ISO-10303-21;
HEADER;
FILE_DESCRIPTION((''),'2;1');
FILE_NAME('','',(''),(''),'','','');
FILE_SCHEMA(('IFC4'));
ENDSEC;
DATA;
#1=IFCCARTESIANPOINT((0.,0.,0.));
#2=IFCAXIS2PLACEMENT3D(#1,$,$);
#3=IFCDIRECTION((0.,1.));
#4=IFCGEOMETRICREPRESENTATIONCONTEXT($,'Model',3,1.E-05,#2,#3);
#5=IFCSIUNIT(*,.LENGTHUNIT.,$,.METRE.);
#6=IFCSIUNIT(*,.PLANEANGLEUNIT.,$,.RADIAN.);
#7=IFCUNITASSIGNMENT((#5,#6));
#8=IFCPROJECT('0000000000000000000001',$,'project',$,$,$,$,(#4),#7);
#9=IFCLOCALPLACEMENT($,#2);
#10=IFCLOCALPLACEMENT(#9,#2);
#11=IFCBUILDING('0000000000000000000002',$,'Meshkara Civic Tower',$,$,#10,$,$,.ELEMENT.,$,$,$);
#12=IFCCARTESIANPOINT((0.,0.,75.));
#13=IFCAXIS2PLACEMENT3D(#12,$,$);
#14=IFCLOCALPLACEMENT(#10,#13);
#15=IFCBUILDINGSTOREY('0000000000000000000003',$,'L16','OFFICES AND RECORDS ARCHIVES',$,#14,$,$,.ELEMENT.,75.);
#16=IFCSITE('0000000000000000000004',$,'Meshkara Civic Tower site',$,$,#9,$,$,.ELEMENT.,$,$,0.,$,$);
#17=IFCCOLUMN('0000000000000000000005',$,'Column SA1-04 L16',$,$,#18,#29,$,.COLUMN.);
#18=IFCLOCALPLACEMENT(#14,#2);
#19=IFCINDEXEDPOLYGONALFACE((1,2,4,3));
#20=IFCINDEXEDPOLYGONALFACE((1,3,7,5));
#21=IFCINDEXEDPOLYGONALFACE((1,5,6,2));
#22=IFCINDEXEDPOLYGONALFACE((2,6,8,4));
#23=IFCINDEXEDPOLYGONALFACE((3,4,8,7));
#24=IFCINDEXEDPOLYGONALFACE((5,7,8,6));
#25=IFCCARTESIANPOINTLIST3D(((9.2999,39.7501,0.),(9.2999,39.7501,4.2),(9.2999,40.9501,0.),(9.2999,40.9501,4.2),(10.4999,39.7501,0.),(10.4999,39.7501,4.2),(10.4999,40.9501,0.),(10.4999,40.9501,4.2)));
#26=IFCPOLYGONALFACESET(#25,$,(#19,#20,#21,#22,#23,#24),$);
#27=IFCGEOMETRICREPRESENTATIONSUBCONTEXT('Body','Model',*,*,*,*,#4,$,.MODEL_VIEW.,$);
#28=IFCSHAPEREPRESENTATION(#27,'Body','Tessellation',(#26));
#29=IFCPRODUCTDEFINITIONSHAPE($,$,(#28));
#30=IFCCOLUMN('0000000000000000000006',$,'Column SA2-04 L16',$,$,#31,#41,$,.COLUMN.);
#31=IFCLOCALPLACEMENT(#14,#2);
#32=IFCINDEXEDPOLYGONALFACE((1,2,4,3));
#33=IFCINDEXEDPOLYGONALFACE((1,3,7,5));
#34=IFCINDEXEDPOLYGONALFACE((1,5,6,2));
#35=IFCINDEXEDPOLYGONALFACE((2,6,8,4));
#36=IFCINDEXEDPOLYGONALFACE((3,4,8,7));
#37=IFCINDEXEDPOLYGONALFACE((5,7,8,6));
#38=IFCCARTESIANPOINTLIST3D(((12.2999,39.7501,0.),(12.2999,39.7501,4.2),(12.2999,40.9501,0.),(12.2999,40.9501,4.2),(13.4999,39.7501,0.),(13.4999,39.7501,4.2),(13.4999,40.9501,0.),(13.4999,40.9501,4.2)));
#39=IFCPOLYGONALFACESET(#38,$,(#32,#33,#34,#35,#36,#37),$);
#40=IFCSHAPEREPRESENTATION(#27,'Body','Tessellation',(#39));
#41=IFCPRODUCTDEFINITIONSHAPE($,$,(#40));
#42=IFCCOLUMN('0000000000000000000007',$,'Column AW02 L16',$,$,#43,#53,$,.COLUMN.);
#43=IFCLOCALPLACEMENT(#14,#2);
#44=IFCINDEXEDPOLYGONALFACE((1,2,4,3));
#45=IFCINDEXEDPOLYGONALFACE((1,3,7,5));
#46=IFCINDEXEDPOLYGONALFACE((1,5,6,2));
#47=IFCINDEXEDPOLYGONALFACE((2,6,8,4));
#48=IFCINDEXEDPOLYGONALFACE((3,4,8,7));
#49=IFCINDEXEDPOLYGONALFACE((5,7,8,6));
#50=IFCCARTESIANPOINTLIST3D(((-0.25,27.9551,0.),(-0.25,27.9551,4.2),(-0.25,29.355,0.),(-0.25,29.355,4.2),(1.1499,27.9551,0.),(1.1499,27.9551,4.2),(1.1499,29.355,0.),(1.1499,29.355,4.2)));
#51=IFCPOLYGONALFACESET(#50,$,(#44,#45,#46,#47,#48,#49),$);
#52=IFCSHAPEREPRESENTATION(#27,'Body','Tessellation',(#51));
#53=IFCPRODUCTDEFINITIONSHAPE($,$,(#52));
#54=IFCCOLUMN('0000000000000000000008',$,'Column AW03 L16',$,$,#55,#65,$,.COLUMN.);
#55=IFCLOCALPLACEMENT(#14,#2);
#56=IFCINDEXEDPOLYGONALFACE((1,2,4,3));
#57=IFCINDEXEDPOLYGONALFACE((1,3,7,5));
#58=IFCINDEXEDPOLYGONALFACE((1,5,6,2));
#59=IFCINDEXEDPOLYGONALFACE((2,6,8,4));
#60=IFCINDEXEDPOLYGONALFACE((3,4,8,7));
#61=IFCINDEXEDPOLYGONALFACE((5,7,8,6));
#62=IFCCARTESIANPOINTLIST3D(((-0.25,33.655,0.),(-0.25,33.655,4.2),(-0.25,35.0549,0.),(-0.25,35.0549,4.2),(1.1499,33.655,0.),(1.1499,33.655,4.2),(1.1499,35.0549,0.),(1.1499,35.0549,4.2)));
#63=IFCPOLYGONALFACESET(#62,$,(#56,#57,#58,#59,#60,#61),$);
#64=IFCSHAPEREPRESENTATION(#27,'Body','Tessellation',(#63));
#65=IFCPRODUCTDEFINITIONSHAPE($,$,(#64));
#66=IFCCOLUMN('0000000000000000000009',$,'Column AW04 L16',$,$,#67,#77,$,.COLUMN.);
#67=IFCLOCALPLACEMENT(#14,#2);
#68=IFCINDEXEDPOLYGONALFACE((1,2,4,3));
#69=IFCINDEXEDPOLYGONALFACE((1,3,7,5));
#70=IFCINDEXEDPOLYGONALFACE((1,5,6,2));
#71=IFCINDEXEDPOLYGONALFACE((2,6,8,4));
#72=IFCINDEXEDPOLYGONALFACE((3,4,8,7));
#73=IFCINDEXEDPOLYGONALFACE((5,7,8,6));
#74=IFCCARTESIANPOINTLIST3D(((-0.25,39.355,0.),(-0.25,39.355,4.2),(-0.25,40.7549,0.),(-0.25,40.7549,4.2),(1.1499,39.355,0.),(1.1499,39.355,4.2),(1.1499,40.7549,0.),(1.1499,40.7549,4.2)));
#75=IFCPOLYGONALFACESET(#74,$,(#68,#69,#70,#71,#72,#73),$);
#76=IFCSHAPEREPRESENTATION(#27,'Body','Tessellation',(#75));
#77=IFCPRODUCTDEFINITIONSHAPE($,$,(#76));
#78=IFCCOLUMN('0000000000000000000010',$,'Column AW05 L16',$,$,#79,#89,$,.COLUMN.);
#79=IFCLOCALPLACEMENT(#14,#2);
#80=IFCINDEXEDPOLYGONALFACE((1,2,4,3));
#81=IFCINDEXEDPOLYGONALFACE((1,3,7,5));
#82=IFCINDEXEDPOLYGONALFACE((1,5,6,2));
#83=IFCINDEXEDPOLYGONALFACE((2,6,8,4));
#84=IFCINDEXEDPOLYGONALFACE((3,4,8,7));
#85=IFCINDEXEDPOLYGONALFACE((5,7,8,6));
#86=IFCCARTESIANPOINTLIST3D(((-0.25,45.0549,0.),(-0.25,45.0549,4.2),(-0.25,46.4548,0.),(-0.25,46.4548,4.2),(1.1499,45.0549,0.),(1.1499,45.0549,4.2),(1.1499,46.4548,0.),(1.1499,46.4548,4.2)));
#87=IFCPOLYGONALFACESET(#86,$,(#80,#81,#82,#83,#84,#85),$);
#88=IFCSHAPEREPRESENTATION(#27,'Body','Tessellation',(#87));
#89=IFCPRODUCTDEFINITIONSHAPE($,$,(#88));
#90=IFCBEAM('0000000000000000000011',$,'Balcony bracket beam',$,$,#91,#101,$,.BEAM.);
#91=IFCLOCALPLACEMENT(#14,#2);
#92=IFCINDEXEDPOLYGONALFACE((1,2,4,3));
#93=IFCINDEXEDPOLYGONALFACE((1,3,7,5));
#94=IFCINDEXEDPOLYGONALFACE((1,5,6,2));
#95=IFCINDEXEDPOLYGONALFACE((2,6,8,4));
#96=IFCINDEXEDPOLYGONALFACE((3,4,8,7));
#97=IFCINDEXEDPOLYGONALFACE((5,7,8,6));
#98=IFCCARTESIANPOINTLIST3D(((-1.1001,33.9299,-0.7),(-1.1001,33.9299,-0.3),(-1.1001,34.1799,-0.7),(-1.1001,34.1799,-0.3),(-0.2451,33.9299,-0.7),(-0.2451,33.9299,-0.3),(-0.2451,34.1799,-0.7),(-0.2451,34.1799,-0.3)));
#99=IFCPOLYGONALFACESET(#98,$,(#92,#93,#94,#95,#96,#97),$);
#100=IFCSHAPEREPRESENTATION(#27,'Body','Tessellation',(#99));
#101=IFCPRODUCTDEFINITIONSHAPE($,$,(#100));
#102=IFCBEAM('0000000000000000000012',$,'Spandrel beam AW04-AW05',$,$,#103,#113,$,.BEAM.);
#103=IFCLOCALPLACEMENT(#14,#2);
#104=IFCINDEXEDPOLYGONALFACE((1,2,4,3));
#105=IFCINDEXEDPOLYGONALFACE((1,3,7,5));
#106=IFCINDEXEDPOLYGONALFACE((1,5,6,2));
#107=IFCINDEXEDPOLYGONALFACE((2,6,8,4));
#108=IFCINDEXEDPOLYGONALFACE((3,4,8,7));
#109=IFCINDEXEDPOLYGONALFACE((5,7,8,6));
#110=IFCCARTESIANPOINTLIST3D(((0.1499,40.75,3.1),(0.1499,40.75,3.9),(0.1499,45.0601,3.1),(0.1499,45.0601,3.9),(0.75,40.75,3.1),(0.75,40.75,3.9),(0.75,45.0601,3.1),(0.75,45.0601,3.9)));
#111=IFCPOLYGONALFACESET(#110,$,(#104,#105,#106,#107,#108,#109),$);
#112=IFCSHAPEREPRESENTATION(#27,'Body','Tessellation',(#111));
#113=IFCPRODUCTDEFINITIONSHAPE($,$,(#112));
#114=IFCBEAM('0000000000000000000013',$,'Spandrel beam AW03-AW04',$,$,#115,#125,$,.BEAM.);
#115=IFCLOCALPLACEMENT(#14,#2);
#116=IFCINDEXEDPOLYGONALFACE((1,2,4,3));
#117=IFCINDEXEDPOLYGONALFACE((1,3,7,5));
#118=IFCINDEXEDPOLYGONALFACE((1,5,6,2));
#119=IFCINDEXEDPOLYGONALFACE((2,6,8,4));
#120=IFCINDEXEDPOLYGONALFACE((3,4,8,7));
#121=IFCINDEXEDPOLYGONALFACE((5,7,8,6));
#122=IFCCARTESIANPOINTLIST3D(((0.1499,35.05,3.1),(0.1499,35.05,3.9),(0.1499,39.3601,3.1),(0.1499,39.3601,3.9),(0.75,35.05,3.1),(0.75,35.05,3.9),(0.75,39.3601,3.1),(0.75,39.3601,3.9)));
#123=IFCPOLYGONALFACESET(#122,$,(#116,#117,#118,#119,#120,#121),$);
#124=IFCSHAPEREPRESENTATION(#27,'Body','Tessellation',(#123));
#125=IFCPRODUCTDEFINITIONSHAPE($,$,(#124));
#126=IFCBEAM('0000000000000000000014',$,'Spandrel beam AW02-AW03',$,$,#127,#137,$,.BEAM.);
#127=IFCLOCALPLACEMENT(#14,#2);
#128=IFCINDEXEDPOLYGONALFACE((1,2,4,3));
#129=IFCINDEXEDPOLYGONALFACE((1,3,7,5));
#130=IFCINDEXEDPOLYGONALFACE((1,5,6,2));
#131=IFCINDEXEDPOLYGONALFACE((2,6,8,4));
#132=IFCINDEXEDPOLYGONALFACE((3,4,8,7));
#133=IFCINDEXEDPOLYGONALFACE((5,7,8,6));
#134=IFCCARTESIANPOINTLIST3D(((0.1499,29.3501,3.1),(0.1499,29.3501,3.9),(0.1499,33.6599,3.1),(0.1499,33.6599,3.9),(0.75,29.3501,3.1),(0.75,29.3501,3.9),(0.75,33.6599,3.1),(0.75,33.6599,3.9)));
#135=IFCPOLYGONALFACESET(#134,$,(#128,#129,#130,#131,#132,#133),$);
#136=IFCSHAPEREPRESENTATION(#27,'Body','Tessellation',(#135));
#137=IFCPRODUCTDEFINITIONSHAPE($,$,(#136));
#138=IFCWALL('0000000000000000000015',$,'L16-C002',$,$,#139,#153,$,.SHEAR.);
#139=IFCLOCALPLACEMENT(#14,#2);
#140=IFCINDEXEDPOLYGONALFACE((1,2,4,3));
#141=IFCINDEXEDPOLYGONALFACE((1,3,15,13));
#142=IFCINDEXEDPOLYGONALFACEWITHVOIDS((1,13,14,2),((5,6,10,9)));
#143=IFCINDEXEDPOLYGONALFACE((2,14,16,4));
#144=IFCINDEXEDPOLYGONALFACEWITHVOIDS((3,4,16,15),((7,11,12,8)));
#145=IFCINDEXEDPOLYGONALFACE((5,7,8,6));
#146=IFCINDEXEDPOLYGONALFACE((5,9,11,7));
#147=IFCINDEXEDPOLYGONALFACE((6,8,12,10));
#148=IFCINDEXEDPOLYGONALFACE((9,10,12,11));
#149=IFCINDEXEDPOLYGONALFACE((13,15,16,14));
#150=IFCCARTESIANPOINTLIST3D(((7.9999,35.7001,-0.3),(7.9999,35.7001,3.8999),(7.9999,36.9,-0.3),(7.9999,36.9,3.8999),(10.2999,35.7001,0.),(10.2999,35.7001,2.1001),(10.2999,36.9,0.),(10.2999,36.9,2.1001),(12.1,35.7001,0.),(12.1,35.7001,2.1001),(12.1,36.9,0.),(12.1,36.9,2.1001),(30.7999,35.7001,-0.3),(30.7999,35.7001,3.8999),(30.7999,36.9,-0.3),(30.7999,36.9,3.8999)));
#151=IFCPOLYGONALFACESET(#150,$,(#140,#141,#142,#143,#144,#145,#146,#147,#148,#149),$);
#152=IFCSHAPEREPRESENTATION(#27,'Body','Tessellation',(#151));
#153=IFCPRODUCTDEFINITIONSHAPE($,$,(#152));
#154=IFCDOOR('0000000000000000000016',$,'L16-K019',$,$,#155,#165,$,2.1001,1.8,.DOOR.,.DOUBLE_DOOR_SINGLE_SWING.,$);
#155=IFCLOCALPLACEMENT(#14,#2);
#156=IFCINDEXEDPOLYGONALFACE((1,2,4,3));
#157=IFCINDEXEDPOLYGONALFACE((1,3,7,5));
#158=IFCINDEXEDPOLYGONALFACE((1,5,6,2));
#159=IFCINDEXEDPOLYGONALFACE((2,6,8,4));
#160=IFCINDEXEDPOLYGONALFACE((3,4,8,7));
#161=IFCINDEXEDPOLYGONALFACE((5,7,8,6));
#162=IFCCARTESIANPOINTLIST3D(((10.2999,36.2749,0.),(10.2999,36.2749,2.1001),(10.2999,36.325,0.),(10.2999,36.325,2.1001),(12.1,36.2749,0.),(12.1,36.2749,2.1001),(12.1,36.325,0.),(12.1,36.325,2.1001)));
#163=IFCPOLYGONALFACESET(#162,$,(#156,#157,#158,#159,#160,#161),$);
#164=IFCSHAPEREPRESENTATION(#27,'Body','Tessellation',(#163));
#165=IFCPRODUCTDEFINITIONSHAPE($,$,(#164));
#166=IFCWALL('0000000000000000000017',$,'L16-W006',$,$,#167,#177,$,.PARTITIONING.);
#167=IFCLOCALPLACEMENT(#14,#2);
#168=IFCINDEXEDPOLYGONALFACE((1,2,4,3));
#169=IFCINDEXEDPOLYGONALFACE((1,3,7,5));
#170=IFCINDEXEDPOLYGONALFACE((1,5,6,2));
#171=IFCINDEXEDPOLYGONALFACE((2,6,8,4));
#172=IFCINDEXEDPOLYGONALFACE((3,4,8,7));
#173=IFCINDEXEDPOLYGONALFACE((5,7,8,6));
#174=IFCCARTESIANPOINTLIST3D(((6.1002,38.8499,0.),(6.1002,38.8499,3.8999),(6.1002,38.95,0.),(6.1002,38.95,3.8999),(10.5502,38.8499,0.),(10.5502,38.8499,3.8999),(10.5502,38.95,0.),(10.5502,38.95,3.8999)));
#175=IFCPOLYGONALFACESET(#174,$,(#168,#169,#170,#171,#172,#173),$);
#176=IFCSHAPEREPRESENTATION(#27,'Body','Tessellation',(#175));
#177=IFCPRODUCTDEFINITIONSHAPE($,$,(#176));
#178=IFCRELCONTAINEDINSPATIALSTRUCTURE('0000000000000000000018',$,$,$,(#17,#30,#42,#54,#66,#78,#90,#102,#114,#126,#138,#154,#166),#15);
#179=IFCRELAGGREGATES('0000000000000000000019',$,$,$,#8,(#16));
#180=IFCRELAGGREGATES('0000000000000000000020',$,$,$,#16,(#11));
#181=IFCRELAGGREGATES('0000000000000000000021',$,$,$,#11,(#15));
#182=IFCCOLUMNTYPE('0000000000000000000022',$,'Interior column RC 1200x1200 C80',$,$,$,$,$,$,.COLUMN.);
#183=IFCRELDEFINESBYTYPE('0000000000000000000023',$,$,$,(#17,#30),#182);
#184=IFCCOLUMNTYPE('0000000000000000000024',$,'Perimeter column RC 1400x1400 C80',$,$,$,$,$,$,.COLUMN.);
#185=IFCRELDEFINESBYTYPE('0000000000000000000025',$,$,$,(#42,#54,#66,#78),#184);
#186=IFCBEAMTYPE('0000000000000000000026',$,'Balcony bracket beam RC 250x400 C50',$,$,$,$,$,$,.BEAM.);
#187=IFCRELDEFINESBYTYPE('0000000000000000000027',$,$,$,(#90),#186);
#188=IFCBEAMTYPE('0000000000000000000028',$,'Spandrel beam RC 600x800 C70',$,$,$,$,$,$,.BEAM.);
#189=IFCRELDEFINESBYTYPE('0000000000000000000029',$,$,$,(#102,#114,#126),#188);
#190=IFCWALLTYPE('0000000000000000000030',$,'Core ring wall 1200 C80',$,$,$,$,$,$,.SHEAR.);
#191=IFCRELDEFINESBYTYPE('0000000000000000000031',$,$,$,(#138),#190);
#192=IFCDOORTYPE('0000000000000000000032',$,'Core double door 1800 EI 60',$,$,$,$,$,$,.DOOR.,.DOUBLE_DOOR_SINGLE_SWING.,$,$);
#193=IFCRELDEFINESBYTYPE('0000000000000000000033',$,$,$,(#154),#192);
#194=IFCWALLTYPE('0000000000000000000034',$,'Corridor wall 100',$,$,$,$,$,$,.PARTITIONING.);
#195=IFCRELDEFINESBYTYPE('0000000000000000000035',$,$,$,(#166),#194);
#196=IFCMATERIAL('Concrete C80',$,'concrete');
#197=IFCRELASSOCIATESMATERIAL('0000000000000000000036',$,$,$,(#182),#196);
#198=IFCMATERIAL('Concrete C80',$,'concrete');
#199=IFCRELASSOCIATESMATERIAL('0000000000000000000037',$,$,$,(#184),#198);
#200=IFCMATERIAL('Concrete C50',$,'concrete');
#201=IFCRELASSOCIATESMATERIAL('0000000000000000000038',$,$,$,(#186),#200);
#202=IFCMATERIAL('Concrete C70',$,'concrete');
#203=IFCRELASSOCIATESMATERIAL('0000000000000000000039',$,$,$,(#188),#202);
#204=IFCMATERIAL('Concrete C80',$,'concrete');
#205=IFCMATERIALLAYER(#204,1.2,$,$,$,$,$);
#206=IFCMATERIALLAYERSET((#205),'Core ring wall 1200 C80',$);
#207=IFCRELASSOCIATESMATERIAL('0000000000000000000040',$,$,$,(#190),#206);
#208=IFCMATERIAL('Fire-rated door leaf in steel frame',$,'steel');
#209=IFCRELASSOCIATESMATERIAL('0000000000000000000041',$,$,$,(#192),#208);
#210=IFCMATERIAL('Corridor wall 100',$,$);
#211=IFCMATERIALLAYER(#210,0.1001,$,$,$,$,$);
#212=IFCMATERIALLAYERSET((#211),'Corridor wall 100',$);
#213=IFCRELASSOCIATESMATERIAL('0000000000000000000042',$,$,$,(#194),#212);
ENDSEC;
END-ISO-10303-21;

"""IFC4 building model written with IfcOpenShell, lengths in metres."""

from ifc_helpers import new_model, si_unit, direction, frame, frame_2d, origin, origin_2d, place, context, subcontext, project, spatial, rectangle, extrude, material, layer, layer_set, material_profile, profile_set, type_object, element, fill, save


model = new_model("IFC4")

# Units and contexts
model_context = context("Model", 3, precision=1e-05, world=origin(), true_north=direction((0.0, 1.0)))
body_context = subcontext(model_context, "Body", "Model", "MODEL_VIEW")
ifc_project = project(units=[si_unit("LENGTHUNIT", "METRE"), si_unit("PLANEANGLEUNIT", "RADIAN")], contexts=[model_context])

# Site, building, storey
site_placement = place(None, origin())
site = spatial("IfcSite", under=ifc_project, at=site_placement, Name="Meshkara Civic Tower site", CompositionType="ELEMENT", RefElevation=0.0)
building_placement = place(site_placement, origin())
building = spatial("IfcBuilding", under=site, at=building_placement, Name="Meshkara Civic Tower", CompositionType="ELEMENT")
storey_placement = place(building_placement, frame((0.0, 0.0, 75.0)))
storey = spatial("IfcBuildingStorey", under=building, at=storey_placement, Name="L16", Description="OFFICES AND RECORDS ARCHIVES", CompositionType="ELEMENT", Elevation=75.0)

# Columns
ifc_material_1 = material(Name="Concrete C80", Category="concrete")
ifc_material_profile_1 = material_profile(ifc_material_1, rectangle(XDim=1.2, YDim=1.2, at=origin_2d()))
ifc_profile_set_1 = profile_set([ifc_material_profile_1], Name="Concrete C80")
column_type_1 = type_object("IfcColumnType", Name="Interior column RC 1200x1200 C80", PredefinedType="COLUMN", material=ifc_profile_set_1)
for number, where, z_axis, x_axis, name in (
    (1, (9.8999, 40.3501, 0.0), (0.0, 0.0, 1.0), (1.0, 0.0, 0.0), "Column SA1-04 L16"),
    (2, (12.8999, 40.3501, 0.0), (0.0, 0.0, 1.0), (1.0, 0.0, 0.0), "Column SA2-04 L16"),
):
    element("IfcColumn", number, at=place(storey_placement, frame(where, z_axis=z_axis, x_axis=x_axis)), inside=storey, type_object=column_type_1, Name=name, PredefinedType="COLUMN", context=body_context, shape_type="SweptSolid", body=[
        extrude(rectangle(XDim=1.2, YDim=1.2, at=origin_2d()), origin(), (0.0, 0.0, 1.0), 4.2),
    ])
ifc_material_2 = material(Name="Concrete C80", Category="concrete")
ifc_material_profile_2 = material_profile(ifc_material_2, rectangle(XDim=1.3999, YDim=1.3999, at=origin_2d()))
ifc_profile_set_2 = profile_set([ifc_material_profile_2], Name="Concrete C80")
column_type_2 = type_object("IfcColumnType", Name="Perimeter column RC 1400x1400 C80", PredefinedType="COLUMN", material=ifc_profile_set_2)
for number, where, z_axis, x_axis, name in (
    (3, (0.45, 28.655, 0.0), (0.0, 0.0, 1.0), (1.0, 0.0, 0.0), "Column AW02 L16"),
    (4, (0.45, 34.355, 0.0), (0.0, 0.0, 1.0), (1.0, 0.0, 0.0), "Column AW03 L16"),
    (5, (0.45, 40.0549, 0.0), (0.0, 0.0, 1.0), (1.0, 0.0, 0.0), "Column AW04 L16"),
    (6, (0.45, 45.7549, 0.0), (0.0, 0.0, 1.0), (1.0, 0.0, 0.0), "Column AW05 L16"),
):
    element("IfcColumn", number, at=place(storey_placement, frame(where, z_axis=z_axis, x_axis=x_axis)), inside=storey, type_object=column_type_2, Name=name, PredefinedType="COLUMN", context=body_context, shape_type="SweptSolid", body=[
        extrude(rectangle(XDim=1.3999, YDim=1.3999, at=origin_2d()), origin(), (0.0, 0.0, 1.0), 4.2),
    ])

# Beams
ifc_material_3 = material(Name="Concrete C50", Category="concrete")
ifc_material_profile_3 = material_profile(ifc_material_3, rectangle(XDim=0.25, YDim=0.3999, at=origin_2d()))
ifc_profile_set_3 = profile_set([ifc_material_profile_3], Name="Concrete C50")
beam_type_1 = type_object("IfcBeamType", Name="Balcony bracket beam RC 250x400 C50", PredefinedType="BEAM", material=ifc_profile_set_3)
beam_1_placement = place(storey_placement, frame((-0.2451, 34.0549, -0.5), z_axis=(-1.0, 0.0, 0.0), x_axis=(0.0, -1.0, 0.0)))
element("IfcBeam", 7, at=beam_1_placement, inside=storey, type_object=beam_type_1, Name="Balcony bracket beam", PredefinedType="BEAM", context=body_context, shape_type="SweptSolid", body=[
    extrude(rectangle(XDim=0.25, YDim=0.3999, at=origin_2d()), origin(), (0.0, 0.0, 1.0), 0.855),
])
ifc_material_4 = material(Name="Concrete C70", Category="concrete")
ifc_material_profile_4 = material_profile(ifc_material_4, rectangle(XDim=0.6001, YDim=0.8, at=origin_2d()))
ifc_profile_set_4 = profile_set([ifc_material_profile_4], Name="Concrete C70")
beam_type_2 = type_object("IfcBeamType", Name="Spandrel beam RC 600x800 C70", PredefinedType="BEAM", material=ifc_profile_set_4)
for number, where, z_axis, x_axis, name in (
    (8, (0.45, 45.0601, 3.5), (0.0, -1.0, 0.0), (1.0, 0.0, 0.0), "Spandrel beam AW04-AW05"),
    (9, (0.45, 39.3601, 3.5), (0.0, -1.0, 0.0), (1.0, 0.0, 0.0), "Spandrel beam AW03-AW04"),
):
    element("IfcBeam", number, at=place(storey_placement, frame(where, z_axis=z_axis, x_axis=x_axis)), inside=storey, type_object=beam_type_2, Name=name, PredefinedType="BEAM", context=body_context, shape_type="SweptSolid", body=[
        extrude(rectangle(XDim=0.6001, YDim=0.8, at=origin_2d()), origin(), (0.0, 0.0, 1.0), 4.3101),
    ])
beam_2_placement = place(storey_placement, frame((0.45, 33.6599, 3.5), z_axis=(0.0, -1.0, 0.0), x_axis=(1.0, 0.0, 0.0)))
element("IfcBeam", 10, at=beam_2_placement, inside=storey, type_object=beam_type_2, Name="Spandrel beam AW02-AW03", PredefinedType="BEAM", context=body_context, shape_type="SweptSolid", body=[
    extrude(rectangle(XDim=0.6001, YDim=0.8, at=origin_2d()), origin(), (0.0, 0.0, 1.0), 4.3098),
])

# Wall, opening, door
ifc_material_5 = material(Name="Concrete C80", Category="concrete")
ifc_layer_1 = layer(ifc_material_5, 1.2)
ifc_layer_set_1 = layer_set([ifc_layer_1], Name="Core ring wall 1200 C80")
wall_type_1 = type_object("IfcWallType", Name="Core ring wall 1200 C80", PredefinedType="SHEAR", material=ifc_layer_set_1)
wall_1_placement = place(storey_placement, frame((8.0, 36.3, -0.3), z_axis=(0.0, 0.0, 1.0), x_axis=(1.0, 0.0, 0.0)))
wall_1 = element("IfcWall", 11, at=wall_1_placement, inside=storey, type_object=wall_type_1, Name="L16-C002", PredefinedType="SHEAR", context=body_context, shape_type="SweptSolid", body=[
    extrude(rectangle(XDim=22.8, YDim=1.2, at=frame_2d((11.3999, 0.0))), origin(), (0.0, 0.0, 1.0), 4.2),
])
opening_1_placement = place(wall_1_placement, frame((2.3, 0.0, 0.3)))
opening_1 = element("IfcOpeningElement", 12, at=opening_1_placement, cuts=wall_1, PredefinedType="OPENING", context=body_context, shape_type="SweptSolid", body=[
    extrude(rectangle(XDim=1.8, YDim=2.1001, at=frame_2d((0.8999, 1.05))), frame((0.0, 0.6099, 0.0), z_axis=(0.0, -1.0, 0.0), x_axis=(1.0, 0.0, 0.0)), (0.0, 0.0, 1.0), 1.22),
])
ifc_material_6 = material(Name="Fire-rated door leaf in steel frame", Category="steel")
door_type_1 = type_object("IfcDoorType", Name="Core double door 1800 EI 60", OperationType="DOUBLE_DOOR_SINGLE_SWING", PredefinedType="DOOR", material=ifc_material_6)
door_1_placement = place(opening_1_placement, origin())
door_1 = element("IfcDoor", 13, at=door_1_placement, inside=storey, type_object=door_type_1, Name="L16-K019", OperationType="DOUBLE_DOOR_SINGLE_SWING", OverallHeight=2.1001, OverallWidth=1.8, PredefinedType="DOOR", context=body_context, shape_type="SweptSolid", body=[
    extrude(rectangle(XDim=1.8, YDim=2.1001, at=frame_2d((0.8999, 1.05))), frame((0.0, 0.0249, 0.0), z_axis=(0.0, -1.0, 0.0), x_axis=(1.0, 0.0, 0.0)), (0.0, 0.0, 1.0), 0.05),
])
fill(opening_1, door_1)

# Wall
ifc_material_7 = material(Name="Corridor wall 100")
ifc_layer_2 = layer(ifc_material_7, 0.1001)
ifc_layer_set_2 = layer_set([ifc_layer_2], Name="Corridor wall 100")
wall_type_2 = type_object("IfcWallType", Name="Corridor wall 100", PredefinedType="PARTITIONING", material=ifc_layer_set_2)
wall_2_placement = place(storey_placement, frame((6.1001, 38.8999, 0.0), z_axis=(0.0, 0.0, 1.0), x_axis=(1.0, 0.0, 0.0)))
element("IfcWall", 14, at=wall_2_placement, inside=storey, type_object=wall_type_2, Name="L16-W006", PredefinedType="PARTITIONING", context=body_context, shape_type="SweptSolid", body=[
    extrude(rectangle(XDim=4.45, YDim=0.1001, at=frame_2d((2.2251, 0.0))), origin(), (0.0, 0.0, 1.0), 3.8999),
])

save(model, "model.ifc")
